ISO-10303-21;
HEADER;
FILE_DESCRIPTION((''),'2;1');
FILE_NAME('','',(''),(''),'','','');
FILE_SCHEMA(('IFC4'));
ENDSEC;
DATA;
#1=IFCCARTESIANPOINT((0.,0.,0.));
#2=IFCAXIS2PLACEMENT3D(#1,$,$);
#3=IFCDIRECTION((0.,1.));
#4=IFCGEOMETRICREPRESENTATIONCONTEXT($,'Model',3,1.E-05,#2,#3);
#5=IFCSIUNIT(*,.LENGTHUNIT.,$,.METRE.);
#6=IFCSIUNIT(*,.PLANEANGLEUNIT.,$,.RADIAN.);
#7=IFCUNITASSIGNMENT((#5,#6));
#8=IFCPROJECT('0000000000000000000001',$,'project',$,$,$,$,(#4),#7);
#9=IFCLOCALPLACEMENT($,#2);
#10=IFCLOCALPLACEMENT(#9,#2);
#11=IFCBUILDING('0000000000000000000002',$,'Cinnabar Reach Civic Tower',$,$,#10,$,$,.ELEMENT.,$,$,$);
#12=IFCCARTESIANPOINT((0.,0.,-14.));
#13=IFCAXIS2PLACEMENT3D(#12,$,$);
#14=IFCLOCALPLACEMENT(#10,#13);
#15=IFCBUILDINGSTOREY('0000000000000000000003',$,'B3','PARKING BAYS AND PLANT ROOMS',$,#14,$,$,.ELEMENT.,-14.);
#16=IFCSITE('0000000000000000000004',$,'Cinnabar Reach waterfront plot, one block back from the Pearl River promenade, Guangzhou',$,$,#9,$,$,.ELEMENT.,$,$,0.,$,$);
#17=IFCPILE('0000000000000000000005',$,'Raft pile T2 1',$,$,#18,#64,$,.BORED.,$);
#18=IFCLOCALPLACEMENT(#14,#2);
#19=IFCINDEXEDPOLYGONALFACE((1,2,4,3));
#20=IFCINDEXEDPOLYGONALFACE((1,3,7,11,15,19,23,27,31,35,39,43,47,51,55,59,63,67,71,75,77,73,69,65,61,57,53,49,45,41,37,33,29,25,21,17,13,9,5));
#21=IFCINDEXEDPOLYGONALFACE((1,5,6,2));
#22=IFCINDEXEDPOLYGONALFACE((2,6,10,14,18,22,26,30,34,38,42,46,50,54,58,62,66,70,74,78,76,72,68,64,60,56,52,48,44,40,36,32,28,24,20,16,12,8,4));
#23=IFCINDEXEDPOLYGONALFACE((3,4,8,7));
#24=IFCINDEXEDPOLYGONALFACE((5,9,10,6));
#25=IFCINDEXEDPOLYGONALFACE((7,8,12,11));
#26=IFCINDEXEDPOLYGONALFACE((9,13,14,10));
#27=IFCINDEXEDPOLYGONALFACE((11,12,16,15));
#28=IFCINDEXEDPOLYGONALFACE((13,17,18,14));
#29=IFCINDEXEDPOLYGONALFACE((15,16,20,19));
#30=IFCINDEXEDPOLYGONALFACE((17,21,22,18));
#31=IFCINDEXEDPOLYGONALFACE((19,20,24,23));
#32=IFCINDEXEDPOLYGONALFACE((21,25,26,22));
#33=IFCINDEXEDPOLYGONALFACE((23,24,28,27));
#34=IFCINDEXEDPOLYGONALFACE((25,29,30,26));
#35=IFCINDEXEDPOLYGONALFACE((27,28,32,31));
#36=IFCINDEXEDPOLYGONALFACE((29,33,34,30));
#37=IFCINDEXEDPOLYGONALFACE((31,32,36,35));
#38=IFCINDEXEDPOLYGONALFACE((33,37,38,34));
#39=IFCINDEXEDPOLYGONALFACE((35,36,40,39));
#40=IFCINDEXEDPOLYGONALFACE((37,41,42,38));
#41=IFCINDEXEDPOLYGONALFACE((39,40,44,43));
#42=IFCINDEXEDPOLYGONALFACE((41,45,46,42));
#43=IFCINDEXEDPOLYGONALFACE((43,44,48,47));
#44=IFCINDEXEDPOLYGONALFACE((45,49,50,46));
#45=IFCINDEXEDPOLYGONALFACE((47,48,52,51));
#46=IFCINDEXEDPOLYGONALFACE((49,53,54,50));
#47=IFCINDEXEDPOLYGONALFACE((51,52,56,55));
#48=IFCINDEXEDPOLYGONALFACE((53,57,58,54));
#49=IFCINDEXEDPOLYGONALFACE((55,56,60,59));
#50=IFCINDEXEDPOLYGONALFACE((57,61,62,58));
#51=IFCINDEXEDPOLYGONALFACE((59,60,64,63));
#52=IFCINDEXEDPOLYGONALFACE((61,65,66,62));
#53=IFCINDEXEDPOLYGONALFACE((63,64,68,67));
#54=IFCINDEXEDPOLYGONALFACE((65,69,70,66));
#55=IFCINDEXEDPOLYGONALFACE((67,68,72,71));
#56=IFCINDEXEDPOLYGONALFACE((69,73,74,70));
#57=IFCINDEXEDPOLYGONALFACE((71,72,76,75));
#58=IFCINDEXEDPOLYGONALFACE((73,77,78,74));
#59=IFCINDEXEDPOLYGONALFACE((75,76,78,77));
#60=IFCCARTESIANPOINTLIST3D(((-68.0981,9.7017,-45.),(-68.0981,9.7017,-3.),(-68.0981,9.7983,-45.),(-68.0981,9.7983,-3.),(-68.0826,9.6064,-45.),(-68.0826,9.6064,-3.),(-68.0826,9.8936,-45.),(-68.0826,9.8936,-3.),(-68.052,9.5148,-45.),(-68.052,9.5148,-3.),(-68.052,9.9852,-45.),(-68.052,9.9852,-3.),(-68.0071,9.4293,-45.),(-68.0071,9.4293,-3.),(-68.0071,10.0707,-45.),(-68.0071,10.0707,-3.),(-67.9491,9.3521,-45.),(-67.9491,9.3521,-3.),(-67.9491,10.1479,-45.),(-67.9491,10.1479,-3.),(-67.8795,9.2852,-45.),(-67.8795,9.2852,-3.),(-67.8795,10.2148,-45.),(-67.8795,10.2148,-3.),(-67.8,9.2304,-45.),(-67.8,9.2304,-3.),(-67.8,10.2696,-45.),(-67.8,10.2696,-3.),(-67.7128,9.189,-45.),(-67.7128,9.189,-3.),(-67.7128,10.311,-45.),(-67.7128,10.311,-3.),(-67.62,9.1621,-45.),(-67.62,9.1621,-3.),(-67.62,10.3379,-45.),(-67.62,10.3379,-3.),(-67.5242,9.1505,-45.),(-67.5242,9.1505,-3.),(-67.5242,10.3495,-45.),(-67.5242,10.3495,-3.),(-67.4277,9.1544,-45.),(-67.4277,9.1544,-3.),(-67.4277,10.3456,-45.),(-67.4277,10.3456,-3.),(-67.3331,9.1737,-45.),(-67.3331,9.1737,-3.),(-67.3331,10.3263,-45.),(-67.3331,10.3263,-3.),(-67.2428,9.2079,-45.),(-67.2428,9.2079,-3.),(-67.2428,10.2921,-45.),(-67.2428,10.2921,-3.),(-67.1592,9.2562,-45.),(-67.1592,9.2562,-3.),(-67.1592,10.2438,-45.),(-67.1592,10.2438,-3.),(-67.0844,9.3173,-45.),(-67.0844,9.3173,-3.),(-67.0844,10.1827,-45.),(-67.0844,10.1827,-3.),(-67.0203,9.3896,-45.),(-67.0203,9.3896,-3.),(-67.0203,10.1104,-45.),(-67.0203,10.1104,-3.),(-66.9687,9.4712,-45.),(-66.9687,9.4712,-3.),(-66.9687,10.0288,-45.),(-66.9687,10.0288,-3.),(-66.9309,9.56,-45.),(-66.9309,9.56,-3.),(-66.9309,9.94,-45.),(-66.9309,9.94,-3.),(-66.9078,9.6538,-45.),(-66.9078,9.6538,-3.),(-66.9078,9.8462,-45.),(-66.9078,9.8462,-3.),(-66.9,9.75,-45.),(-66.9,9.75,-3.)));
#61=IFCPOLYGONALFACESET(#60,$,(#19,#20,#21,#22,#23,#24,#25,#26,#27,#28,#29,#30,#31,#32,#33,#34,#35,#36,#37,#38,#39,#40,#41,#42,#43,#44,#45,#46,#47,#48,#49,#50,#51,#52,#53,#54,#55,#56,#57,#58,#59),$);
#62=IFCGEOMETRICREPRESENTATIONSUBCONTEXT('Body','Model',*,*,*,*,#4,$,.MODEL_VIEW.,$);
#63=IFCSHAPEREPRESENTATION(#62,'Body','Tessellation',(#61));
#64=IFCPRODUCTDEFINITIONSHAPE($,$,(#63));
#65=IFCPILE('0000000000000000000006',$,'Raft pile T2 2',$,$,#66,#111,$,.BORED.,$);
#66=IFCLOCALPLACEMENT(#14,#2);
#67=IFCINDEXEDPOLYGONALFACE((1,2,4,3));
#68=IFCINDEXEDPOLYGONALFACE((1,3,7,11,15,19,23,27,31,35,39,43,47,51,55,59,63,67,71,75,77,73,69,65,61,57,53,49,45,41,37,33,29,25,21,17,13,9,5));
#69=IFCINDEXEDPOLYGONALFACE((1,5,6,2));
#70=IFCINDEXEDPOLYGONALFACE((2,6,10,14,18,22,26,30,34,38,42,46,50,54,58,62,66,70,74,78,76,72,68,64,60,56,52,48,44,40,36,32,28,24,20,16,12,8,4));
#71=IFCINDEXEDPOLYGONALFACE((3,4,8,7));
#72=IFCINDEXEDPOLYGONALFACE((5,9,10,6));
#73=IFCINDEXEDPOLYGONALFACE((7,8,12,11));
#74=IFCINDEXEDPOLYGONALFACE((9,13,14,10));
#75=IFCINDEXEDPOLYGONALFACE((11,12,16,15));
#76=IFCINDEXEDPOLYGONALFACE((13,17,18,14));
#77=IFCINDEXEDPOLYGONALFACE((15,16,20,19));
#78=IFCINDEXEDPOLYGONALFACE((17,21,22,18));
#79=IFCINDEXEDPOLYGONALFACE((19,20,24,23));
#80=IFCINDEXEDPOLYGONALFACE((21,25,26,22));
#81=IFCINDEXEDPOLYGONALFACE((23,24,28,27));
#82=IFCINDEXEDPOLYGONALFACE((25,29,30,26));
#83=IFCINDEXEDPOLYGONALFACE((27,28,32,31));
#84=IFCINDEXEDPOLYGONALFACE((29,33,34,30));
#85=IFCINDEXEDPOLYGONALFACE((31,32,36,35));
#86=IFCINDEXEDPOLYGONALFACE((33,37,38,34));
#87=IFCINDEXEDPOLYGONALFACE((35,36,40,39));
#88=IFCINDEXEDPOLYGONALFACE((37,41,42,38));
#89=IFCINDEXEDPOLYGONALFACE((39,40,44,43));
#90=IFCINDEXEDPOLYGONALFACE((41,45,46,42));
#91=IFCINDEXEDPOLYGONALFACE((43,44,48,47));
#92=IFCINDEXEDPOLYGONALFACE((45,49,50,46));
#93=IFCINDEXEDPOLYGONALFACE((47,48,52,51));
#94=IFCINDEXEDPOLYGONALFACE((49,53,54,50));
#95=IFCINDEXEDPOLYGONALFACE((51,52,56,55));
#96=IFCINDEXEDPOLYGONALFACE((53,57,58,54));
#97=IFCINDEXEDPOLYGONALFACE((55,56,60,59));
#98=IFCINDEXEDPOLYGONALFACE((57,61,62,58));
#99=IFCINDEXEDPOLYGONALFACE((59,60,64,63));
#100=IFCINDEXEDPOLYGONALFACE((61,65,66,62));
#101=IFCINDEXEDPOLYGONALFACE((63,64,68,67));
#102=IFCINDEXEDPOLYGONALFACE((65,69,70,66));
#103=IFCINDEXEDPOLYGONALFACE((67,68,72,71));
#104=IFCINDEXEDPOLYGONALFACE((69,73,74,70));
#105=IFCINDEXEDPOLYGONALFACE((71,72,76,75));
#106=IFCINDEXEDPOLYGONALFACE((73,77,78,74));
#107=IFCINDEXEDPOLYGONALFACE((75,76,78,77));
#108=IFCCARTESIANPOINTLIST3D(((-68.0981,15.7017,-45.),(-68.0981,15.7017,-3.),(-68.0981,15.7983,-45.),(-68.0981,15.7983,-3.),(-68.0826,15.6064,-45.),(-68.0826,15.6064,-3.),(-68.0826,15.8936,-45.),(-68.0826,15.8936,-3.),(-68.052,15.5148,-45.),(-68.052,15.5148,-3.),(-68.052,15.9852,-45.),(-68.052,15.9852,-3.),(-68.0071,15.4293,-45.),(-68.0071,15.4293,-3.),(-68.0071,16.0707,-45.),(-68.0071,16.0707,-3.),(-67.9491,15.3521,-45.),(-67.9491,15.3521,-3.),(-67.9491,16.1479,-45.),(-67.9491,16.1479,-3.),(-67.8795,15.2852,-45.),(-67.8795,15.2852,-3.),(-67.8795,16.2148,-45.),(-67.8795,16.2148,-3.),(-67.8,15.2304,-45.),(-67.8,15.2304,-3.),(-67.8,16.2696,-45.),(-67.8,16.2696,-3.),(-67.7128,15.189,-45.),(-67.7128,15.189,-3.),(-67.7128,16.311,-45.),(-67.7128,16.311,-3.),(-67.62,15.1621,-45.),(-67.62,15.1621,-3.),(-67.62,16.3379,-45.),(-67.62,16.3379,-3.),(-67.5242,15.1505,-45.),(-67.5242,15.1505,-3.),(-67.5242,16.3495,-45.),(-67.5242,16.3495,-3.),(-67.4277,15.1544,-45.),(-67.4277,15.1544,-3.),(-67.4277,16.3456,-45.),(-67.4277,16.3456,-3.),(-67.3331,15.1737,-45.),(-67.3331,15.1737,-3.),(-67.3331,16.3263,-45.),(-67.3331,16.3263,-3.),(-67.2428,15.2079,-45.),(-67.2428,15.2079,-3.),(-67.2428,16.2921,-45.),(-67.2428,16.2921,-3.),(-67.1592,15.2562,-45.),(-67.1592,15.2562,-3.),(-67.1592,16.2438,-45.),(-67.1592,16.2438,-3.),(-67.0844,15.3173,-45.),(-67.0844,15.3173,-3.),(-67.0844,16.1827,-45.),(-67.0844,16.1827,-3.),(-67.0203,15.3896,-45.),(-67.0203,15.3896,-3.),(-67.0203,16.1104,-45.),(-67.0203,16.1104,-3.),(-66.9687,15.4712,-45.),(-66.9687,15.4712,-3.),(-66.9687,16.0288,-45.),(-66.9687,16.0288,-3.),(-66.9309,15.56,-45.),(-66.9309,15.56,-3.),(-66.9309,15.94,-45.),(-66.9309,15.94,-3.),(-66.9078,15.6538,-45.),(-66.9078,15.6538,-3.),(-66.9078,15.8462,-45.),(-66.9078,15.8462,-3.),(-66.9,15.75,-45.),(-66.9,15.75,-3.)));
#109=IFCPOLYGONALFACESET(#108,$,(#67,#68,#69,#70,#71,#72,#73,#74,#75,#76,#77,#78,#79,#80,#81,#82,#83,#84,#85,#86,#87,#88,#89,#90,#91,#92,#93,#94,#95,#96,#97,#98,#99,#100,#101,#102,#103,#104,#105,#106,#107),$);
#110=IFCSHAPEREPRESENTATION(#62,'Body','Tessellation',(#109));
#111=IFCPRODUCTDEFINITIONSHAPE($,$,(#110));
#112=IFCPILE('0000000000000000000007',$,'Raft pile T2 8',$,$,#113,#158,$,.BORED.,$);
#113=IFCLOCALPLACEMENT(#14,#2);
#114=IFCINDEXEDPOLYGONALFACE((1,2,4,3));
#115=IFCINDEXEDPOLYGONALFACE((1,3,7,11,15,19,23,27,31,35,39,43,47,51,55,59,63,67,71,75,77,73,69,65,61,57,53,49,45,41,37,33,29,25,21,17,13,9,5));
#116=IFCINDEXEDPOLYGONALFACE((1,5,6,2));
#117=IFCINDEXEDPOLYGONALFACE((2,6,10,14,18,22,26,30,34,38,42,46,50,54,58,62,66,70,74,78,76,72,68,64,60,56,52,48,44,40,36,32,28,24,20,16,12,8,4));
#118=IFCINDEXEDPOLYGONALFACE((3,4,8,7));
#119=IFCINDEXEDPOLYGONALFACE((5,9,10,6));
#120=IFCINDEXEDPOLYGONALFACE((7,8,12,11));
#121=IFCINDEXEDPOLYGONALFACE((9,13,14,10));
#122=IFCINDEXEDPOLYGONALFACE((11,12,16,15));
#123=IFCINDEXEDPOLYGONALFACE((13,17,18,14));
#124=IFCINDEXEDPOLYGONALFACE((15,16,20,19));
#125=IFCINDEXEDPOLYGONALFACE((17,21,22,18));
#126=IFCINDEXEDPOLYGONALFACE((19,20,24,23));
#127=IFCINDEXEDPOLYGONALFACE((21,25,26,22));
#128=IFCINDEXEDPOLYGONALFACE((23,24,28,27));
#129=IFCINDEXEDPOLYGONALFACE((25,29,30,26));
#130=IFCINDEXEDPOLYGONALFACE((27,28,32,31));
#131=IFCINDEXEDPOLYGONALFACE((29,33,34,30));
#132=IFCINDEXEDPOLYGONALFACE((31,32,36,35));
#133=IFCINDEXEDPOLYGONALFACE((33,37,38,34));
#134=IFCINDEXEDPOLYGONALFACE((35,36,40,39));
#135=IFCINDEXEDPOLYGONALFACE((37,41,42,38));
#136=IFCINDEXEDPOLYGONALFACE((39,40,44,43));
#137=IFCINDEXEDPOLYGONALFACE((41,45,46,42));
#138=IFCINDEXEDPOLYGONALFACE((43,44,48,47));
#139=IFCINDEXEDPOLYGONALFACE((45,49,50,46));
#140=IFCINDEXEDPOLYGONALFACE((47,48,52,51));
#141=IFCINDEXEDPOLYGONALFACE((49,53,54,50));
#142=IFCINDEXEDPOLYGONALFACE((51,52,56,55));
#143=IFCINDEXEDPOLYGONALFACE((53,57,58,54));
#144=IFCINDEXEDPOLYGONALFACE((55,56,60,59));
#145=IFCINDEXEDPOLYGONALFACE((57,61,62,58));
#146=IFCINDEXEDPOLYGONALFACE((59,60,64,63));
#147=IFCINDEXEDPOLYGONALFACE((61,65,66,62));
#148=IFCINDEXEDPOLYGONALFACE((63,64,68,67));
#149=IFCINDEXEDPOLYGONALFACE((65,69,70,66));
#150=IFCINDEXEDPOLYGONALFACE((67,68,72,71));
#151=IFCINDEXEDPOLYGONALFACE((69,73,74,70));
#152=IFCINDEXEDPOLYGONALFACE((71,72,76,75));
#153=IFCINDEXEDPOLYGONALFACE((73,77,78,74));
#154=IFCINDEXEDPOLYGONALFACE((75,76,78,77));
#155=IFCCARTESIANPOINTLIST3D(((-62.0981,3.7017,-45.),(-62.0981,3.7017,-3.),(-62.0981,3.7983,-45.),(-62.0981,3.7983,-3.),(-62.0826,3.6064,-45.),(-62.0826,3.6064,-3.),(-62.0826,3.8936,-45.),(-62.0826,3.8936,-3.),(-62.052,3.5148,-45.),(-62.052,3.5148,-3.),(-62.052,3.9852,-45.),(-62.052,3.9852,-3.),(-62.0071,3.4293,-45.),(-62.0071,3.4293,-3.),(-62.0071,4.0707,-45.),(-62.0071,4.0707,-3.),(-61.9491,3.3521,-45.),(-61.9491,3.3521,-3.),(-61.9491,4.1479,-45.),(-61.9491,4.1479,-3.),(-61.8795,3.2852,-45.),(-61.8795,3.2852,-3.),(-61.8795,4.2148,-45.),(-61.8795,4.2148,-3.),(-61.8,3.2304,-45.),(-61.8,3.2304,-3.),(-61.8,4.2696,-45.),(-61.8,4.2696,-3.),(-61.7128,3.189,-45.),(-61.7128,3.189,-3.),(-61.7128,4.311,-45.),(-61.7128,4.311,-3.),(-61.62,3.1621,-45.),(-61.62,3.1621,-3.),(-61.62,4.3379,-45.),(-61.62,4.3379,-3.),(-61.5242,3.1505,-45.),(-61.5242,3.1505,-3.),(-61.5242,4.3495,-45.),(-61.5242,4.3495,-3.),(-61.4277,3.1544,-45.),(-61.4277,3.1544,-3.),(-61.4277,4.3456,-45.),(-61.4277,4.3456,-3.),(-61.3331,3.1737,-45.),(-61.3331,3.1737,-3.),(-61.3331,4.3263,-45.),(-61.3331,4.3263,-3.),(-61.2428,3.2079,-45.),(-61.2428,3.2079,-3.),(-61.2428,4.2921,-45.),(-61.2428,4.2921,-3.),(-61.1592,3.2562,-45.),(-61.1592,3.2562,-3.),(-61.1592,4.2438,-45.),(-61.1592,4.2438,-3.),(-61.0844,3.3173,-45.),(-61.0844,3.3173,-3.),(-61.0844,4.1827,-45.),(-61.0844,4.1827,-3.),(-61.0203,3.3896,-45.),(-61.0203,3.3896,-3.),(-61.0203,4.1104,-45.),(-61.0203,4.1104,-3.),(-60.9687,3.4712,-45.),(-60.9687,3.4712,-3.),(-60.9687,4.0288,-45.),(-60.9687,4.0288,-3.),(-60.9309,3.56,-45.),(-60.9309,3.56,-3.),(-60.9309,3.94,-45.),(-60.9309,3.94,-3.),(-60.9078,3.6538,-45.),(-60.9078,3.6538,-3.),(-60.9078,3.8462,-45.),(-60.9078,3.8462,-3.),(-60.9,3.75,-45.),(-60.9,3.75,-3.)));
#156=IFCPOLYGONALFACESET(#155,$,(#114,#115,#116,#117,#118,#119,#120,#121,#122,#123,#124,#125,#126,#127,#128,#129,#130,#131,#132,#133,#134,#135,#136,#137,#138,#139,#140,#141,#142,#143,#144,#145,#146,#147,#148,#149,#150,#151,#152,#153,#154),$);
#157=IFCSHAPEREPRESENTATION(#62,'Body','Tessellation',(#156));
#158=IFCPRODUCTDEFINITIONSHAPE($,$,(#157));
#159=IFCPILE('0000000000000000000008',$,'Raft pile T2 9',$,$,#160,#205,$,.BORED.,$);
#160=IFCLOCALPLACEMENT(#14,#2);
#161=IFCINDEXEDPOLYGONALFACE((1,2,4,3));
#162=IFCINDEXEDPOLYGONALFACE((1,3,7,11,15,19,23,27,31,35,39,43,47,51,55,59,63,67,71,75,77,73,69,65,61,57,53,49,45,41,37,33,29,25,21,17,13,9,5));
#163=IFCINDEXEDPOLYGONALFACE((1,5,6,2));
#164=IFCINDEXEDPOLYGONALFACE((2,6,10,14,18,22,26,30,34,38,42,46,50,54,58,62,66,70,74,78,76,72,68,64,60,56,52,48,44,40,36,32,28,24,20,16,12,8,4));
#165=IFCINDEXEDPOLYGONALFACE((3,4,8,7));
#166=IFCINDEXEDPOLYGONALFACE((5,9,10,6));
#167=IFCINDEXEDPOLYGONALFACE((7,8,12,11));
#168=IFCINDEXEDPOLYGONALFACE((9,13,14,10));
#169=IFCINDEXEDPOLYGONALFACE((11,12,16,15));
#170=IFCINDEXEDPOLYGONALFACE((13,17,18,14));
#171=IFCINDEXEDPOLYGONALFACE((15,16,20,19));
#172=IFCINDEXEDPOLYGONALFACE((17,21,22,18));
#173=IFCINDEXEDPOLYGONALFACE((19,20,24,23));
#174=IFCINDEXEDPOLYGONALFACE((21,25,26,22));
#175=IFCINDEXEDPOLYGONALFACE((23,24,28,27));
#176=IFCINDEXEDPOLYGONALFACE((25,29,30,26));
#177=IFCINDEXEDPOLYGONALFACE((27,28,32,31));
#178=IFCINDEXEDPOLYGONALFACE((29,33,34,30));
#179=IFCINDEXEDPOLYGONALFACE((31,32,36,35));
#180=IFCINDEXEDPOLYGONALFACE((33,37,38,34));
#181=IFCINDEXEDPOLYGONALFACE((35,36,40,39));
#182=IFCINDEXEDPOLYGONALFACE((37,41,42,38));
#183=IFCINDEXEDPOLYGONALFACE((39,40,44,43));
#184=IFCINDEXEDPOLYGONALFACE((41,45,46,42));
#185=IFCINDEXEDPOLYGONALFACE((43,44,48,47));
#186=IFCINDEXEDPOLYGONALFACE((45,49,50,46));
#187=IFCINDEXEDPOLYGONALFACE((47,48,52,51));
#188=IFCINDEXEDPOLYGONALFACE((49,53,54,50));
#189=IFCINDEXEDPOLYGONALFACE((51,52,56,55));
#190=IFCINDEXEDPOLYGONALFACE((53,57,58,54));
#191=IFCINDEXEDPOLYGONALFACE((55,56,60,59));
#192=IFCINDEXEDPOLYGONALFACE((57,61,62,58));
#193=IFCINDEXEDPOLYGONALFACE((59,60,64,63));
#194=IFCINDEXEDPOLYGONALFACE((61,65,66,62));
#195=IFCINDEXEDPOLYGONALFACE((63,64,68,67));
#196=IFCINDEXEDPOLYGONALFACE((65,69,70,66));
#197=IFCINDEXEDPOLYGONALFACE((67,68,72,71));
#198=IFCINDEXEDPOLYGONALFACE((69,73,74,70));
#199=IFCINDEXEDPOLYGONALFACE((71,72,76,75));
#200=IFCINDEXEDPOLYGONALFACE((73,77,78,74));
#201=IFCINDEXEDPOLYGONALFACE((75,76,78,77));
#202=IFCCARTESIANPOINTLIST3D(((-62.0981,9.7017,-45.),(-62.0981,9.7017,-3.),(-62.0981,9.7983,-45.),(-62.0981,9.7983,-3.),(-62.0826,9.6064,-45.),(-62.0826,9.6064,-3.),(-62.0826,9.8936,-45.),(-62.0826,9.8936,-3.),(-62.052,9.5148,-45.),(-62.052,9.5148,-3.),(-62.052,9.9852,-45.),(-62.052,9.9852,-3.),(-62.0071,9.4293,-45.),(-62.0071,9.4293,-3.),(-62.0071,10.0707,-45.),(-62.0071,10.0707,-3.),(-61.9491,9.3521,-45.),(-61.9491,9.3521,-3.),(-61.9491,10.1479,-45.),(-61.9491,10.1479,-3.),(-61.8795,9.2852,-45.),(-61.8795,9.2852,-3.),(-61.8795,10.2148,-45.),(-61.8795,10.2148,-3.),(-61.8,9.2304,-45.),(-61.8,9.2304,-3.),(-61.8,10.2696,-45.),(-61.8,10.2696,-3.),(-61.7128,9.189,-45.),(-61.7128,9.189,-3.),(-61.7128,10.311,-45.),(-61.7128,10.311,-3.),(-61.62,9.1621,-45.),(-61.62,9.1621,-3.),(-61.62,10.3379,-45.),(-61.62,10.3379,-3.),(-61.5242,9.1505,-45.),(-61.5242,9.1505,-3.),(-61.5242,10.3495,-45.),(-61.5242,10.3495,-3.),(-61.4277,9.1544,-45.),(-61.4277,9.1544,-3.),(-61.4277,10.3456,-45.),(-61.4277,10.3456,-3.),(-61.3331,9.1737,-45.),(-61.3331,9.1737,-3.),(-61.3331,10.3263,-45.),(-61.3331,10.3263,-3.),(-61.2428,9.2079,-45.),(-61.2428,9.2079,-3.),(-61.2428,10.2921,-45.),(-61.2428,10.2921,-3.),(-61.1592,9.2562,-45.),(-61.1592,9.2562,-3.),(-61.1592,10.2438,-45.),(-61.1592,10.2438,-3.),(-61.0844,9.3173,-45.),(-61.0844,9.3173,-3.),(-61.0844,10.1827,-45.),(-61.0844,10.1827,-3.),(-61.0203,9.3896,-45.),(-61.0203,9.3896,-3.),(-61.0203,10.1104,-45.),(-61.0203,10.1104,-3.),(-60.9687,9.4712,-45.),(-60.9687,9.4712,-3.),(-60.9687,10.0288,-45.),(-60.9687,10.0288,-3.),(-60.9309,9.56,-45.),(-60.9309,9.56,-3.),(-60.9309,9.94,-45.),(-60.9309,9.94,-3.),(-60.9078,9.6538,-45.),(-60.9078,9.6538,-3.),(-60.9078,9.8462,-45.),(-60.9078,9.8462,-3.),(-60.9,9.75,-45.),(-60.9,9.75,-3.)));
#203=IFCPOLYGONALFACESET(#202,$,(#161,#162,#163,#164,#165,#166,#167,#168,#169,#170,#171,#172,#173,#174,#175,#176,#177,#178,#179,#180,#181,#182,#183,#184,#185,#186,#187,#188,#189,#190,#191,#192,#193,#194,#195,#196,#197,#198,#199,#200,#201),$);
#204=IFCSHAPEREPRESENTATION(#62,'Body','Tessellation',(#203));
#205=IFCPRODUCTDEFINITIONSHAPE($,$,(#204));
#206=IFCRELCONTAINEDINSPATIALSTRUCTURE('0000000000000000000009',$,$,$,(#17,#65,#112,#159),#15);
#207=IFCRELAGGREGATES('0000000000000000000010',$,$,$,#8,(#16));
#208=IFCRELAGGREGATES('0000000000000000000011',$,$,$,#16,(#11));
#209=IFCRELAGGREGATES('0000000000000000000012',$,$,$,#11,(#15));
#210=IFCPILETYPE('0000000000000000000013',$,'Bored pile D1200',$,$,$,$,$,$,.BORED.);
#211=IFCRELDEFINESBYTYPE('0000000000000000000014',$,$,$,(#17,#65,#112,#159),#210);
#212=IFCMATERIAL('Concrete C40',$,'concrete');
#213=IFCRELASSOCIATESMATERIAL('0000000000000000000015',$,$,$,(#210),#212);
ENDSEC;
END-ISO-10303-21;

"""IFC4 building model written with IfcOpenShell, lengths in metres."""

from ifc_helpers import new_model, si_unit, direction, frame, origin, origin_2d, place, context, subcontext, project, spatial, circle, extrude, material, type_object, element, save


model = new_model("IFC4")

# Units and contexts
model_context = context("Model", 3, precision=1e-05, world=origin(), true_north=direction((0.0, 1.0)))
body_context = subcontext(model_context, "Body", "Model", "MODEL_VIEW")
ifc_project = project(units=[si_unit("LENGTHUNIT", "METRE"), si_unit("PLANEANGLEUNIT", "RADIAN")], contexts=[model_context])

# Site, building, storey
site_placement = place(None, origin())
site = spatial("IfcSite", under=ifc_project, at=site_placement, Name="Cinnabar Reach waterfront plot, one block back from the Pearl River promenade, Guangzhou", CompositionType="ELEMENT", RefElevation=0.0)
building_placement = place(site_placement, origin())
building = spatial("IfcBuilding", under=site, at=building_placement, Name="Cinnabar Reach Civic Tower", CompositionType="ELEMENT")
storey_placement = place(building_placement, frame((0.0, 0.0, -14.0)))
storey = spatial("IfcBuildingStorey", under=building, at=storey_placement, Name="B3", Description="PARKING BAYS AND PLANT ROOMS", CompositionType="ELEMENT", Elevation=-14.0)

# Piles
ifc_material_1 = material(Name="Concrete C40", Category="concrete")
pile_type_1 = type_object("IfcPileType", Name="Bored pile D1200", PredefinedType="BORED", material=ifc_material_1)
for number, where, z_axis, x_axis, name in (
    (1, (-67.5, 9.75, -3.0), (0.0, 0.0, -1.0), (1.0, 0.0, 0.0), "Raft pile T2 1"),
    (2, (-67.5, 15.75, -3.0), (0.0, 0.0, -1.0), (1.0, 0.0, 0.0), "Raft pile T2 2"),
    (3, (-61.5, 3.75, -3.0), (0.0, 0.0, -1.0), (1.0, 0.0, 0.0), "Raft pile T2 8"),
    (4, (-61.5, 9.75, -3.0), (0.0, 0.0, -1.0), (1.0, 0.0, 0.0), "Raft pile T2 9"),
):
    element("IfcPile", number, at=place(storey_placement, frame(where, z_axis=z_axis, x_axis=x_axis)), inside=storey, type_object=pile_type_1, Name=name, PredefinedType="BORED", context=body_context, shape_type="SweptSolid", body=[
        extrude(circle(Radius=0.6, at=origin_2d()), origin(), (0.0, 0.0, 1.0), 42.0),
    ])

save(model, "model.ifc")
